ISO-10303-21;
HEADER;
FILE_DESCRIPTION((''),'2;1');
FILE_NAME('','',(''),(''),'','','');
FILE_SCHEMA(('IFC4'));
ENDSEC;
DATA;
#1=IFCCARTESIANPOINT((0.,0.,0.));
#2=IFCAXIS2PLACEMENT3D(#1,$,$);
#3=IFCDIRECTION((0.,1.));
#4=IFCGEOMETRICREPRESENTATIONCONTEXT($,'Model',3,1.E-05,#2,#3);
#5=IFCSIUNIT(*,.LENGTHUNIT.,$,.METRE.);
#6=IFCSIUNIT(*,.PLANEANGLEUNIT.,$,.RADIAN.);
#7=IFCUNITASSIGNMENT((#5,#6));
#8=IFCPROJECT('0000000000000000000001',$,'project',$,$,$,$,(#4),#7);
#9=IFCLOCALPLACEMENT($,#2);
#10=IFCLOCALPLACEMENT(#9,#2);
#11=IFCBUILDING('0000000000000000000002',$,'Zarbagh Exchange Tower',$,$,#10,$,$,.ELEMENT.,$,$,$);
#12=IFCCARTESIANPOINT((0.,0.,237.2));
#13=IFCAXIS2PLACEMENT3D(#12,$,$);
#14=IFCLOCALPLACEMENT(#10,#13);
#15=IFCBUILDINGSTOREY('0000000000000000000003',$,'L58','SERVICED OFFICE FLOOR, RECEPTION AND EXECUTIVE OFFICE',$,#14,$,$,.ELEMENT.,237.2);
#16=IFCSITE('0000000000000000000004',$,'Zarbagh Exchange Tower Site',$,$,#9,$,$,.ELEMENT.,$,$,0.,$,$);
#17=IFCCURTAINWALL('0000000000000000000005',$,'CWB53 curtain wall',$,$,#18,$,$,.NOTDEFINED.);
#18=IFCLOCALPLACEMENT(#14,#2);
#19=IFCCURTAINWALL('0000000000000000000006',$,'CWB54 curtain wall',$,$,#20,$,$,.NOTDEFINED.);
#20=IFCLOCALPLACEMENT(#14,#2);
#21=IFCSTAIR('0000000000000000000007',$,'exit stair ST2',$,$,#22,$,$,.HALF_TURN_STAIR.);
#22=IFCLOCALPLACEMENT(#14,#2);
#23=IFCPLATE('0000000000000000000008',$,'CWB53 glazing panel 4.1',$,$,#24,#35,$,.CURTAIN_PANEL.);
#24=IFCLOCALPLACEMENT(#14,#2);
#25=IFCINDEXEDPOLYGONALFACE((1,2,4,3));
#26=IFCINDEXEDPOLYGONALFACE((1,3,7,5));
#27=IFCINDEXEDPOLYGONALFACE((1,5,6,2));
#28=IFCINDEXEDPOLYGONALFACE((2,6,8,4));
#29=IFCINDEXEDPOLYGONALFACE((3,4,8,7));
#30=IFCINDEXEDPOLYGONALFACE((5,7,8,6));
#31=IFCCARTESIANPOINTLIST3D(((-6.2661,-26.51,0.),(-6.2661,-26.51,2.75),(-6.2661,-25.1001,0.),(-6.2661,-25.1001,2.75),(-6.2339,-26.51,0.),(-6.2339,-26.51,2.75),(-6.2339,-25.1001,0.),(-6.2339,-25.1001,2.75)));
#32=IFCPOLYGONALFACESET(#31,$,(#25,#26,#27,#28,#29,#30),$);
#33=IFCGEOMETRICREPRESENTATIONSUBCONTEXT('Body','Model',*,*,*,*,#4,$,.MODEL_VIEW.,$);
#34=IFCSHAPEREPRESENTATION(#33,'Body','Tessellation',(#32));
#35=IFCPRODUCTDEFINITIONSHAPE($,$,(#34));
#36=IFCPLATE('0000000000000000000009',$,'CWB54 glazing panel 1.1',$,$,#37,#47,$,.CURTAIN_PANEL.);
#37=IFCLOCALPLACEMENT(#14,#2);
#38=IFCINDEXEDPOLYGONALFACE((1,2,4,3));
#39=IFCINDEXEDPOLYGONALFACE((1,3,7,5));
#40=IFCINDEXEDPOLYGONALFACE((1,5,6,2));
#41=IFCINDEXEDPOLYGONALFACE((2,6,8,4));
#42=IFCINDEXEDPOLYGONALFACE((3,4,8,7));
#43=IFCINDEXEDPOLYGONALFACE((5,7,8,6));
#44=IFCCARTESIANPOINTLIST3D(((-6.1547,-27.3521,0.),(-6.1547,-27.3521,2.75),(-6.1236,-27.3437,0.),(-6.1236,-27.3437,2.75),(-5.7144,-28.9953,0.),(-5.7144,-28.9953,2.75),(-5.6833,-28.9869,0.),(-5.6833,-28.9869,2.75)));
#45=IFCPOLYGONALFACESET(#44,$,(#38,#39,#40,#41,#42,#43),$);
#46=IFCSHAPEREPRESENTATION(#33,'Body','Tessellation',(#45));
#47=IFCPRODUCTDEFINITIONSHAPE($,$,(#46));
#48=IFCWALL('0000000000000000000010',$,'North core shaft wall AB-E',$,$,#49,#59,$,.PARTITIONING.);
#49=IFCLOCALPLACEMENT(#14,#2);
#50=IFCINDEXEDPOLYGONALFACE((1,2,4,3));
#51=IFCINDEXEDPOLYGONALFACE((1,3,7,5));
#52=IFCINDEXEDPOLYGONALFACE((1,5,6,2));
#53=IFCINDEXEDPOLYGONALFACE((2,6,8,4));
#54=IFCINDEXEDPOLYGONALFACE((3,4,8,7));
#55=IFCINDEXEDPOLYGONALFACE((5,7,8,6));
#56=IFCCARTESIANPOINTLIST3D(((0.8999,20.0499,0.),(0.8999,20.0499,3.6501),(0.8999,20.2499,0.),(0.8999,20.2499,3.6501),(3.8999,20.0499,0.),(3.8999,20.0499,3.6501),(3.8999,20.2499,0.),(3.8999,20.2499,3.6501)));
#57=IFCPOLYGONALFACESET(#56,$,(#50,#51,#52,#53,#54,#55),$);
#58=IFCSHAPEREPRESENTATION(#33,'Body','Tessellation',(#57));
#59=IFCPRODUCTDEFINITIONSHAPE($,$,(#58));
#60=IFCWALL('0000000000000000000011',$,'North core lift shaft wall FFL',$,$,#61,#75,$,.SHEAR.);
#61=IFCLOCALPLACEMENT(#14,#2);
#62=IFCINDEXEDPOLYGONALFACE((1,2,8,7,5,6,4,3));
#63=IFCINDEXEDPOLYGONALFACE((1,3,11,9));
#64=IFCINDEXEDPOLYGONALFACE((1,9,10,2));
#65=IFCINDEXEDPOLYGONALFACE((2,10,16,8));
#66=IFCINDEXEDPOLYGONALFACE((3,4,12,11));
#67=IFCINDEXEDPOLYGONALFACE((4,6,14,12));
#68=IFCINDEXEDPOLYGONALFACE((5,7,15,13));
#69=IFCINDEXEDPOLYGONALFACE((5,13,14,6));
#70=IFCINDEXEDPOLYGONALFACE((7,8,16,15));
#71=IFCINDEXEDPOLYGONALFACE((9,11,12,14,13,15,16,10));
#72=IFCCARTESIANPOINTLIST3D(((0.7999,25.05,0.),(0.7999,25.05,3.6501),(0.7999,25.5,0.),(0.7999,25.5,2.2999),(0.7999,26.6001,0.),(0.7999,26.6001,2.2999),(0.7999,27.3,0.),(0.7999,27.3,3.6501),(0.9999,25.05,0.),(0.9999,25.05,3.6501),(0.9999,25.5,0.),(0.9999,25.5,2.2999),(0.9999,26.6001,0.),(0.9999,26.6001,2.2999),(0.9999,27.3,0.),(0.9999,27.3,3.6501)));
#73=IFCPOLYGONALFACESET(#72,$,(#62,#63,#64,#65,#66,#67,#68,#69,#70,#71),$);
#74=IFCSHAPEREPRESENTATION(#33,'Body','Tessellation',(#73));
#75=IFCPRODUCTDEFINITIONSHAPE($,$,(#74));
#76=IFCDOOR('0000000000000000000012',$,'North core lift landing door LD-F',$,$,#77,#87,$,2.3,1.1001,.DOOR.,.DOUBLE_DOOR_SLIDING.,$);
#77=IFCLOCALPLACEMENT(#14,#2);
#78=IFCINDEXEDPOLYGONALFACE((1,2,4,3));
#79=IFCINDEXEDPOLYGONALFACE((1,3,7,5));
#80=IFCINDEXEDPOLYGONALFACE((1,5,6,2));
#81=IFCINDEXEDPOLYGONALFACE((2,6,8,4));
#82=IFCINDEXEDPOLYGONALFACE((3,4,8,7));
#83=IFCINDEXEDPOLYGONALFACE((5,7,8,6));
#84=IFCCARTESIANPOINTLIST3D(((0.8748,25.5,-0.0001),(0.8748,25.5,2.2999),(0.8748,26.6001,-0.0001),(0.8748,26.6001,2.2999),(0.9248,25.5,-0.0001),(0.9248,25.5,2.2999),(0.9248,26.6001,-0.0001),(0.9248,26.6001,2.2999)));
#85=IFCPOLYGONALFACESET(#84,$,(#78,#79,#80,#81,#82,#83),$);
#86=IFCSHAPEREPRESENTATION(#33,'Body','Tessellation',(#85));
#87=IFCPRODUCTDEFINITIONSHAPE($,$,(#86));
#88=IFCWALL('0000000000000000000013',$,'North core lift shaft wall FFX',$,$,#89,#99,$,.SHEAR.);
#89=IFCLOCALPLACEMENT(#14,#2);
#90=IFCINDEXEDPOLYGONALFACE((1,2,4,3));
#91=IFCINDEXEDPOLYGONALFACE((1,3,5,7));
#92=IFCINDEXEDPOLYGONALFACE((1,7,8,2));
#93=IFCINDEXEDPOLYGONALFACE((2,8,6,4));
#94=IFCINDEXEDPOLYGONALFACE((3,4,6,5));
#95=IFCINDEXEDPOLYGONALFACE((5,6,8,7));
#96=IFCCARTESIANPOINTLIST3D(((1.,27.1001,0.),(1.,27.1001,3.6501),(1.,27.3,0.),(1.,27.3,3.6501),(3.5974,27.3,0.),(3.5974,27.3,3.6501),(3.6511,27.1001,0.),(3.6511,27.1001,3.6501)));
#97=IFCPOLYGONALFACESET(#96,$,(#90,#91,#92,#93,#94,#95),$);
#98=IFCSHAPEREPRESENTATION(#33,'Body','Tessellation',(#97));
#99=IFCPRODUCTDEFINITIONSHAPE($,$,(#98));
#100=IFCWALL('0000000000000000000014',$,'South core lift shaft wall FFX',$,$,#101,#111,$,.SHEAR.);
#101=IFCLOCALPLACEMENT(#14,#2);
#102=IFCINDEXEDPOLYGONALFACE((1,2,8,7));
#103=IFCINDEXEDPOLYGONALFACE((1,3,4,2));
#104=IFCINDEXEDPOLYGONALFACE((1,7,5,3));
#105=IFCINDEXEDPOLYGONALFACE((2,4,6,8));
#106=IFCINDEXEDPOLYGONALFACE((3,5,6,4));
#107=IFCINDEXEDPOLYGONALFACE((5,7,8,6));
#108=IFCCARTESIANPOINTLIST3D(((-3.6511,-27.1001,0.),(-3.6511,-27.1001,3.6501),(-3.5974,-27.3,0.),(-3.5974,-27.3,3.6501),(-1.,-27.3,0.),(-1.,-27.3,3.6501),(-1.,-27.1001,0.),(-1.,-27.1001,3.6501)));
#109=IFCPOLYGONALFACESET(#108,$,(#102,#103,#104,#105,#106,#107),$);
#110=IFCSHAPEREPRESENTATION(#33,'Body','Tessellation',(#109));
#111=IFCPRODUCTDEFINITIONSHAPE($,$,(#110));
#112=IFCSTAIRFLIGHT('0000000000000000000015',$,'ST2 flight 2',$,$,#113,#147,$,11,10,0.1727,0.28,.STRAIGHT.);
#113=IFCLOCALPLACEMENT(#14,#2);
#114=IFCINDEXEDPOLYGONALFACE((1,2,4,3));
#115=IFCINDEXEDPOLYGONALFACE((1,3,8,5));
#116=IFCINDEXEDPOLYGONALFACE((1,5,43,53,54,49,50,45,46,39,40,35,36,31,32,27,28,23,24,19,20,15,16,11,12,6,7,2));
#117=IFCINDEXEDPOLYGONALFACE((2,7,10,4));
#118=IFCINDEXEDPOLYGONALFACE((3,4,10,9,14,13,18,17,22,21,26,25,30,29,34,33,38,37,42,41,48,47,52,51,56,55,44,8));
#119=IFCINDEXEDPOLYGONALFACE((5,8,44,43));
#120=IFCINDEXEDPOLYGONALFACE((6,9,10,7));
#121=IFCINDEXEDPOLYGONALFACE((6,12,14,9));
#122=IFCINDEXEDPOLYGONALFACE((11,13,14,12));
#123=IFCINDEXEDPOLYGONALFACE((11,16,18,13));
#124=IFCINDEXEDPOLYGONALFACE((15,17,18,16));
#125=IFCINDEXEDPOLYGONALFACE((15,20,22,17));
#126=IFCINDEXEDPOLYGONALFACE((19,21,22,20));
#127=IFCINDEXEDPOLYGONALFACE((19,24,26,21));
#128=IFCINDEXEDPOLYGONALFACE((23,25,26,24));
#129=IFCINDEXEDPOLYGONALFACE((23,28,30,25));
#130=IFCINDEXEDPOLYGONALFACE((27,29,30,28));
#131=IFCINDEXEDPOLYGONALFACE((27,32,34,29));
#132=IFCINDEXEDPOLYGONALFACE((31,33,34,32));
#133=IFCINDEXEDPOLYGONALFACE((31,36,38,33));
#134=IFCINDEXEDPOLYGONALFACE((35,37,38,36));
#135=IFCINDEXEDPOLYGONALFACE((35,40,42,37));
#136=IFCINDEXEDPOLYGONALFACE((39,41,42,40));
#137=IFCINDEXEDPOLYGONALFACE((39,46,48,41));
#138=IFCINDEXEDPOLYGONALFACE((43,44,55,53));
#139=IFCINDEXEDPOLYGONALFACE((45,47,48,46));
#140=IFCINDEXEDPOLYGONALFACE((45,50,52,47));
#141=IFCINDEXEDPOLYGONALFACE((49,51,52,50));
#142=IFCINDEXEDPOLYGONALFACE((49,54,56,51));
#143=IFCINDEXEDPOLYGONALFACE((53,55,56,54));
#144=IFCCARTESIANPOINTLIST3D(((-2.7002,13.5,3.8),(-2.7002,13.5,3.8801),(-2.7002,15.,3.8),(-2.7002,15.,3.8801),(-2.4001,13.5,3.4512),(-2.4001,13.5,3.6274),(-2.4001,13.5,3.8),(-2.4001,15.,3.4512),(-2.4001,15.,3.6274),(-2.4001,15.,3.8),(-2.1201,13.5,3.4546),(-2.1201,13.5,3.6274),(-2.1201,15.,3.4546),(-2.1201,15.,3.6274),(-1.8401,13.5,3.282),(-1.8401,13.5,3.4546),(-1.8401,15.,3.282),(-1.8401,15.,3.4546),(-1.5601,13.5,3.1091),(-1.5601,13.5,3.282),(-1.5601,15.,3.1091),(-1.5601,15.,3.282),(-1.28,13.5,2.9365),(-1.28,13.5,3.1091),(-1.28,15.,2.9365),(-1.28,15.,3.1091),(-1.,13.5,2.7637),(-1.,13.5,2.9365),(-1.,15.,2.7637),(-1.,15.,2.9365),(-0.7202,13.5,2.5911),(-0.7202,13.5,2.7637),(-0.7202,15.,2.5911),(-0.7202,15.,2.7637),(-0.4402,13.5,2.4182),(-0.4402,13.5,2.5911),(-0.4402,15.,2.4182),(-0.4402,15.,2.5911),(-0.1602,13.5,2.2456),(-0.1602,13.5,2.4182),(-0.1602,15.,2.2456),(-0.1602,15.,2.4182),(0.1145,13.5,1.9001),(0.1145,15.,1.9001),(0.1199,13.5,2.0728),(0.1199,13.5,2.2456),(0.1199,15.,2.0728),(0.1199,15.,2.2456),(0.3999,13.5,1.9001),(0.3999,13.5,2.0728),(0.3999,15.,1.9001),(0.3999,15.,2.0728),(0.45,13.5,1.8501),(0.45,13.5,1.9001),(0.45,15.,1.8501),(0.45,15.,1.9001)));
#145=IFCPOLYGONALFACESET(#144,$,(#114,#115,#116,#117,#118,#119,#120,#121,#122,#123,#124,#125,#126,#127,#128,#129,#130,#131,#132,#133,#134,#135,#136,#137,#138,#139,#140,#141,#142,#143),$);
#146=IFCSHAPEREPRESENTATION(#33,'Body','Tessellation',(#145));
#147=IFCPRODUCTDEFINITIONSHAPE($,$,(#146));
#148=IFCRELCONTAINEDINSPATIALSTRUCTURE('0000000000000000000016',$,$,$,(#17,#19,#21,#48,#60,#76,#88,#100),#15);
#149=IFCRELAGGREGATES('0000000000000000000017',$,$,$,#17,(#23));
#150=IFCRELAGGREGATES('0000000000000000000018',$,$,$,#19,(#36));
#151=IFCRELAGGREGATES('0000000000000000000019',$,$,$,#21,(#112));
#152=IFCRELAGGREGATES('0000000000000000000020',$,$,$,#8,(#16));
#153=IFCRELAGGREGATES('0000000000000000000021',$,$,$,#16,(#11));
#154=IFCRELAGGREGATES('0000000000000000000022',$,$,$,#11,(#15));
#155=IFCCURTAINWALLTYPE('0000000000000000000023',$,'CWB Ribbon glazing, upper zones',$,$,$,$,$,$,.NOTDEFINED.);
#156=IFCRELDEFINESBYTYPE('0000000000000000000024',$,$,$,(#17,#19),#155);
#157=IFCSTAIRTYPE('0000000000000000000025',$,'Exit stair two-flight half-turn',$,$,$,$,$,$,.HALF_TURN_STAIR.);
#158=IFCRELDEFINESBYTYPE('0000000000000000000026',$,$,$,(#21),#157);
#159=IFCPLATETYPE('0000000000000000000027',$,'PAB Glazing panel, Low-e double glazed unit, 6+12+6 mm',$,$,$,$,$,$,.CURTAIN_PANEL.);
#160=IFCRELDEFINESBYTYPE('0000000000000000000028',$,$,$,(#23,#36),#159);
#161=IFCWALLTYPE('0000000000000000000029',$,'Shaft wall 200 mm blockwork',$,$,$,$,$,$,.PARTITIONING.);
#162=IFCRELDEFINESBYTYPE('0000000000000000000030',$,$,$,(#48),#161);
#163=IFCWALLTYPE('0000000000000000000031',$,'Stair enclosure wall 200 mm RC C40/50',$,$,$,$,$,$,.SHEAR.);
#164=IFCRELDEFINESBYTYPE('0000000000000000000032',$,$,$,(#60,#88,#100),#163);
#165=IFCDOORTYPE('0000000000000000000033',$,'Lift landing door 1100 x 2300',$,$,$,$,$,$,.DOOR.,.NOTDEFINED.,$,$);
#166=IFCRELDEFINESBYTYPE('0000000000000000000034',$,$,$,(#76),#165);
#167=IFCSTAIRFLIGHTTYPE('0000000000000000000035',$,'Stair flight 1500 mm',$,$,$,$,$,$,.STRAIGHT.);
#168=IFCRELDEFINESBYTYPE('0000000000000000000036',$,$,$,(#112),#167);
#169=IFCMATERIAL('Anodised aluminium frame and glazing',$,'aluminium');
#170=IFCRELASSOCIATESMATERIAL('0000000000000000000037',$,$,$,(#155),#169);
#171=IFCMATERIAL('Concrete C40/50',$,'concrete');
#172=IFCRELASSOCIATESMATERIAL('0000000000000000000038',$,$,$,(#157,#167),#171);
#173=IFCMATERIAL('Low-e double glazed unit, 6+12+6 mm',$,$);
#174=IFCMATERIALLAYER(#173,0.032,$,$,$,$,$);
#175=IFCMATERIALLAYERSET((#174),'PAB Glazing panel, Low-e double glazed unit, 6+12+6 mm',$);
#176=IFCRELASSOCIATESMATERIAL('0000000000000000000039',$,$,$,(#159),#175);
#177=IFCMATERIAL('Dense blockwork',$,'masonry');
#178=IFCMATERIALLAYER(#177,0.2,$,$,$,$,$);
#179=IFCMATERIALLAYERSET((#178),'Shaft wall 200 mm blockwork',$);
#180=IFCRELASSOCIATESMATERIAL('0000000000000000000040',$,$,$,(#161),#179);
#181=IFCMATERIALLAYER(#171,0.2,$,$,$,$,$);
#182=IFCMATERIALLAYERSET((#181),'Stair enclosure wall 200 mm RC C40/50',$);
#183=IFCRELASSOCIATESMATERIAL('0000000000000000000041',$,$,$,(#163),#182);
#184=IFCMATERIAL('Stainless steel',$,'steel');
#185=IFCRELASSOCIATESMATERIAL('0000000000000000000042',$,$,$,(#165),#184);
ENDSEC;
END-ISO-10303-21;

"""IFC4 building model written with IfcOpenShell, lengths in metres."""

from ifc_helpers import new_model, si_unit, direction, frame, frame_2d, origin, place, context, subcontext, project, spatial, polyline, rectangle, outline, extrude, source, transform, mapped, material, layer, layer_set, type_object, element, fill, aggregate, save


model = new_model("IFC4")

# Units and contexts
model_context = context("Model", 3, precision=1e-05, world=origin(), true_north=direction((0.0, 1.0)))
body_context = subcontext(model_context, "Body", "Model", "MODEL_VIEW")
ifc_project = project(units=[si_unit("LENGTHUNIT", "METRE"), si_unit("PLANEANGLEUNIT", "RADIAN")], contexts=[model_context])

# Site, building, storey
site_placement = place(None, origin())
site = spatial("IfcSite", under=ifc_project, at=site_placement, Name="Zarbagh Exchange Tower Site", CompositionType="ELEMENT", RefElevation=0.0)
building_placement = place(site_placement, origin())
building = spatial("IfcBuilding", under=site, at=building_placement, Name="Zarbagh Exchange Tower", CompositionType="ELEMENT")
storey_placement = place(building_placement, frame((0.0, 0.0, 237.2)))
storey = spatial("IfcBuildingStorey", under=building, at=storey_placement, Name="L58", Description="SERVICED OFFICE FLOOR, RECEPTION AND EXECUTIVE OFFICE", CompositionType="ELEMENT", Elevation=237.2)

# Curtain wall
ifc_material_1 = material(Name="Anodised aluminium frame and glazing", Category="aluminium")
curtain_wall_type = type_object("IfcCurtainWallType", Name="CWB Ribbon glazing, upper zones", PredefinedType="NOTDEFINED", material=ifc_material_1)
curtain_wall_1_placement = place(storey_placement, origin())
curtain_wall_1 = element("IfcCurtainWall", 1, at=curtain_wall_1_placement, inside=storey, type_object=curtain_wall_type, Name="CWB53 curtain wall", PredefinedType="NOTDEFINED")
placement = place(storey_placement, origin())

# Curtain wall
curtain_wall_2_placement = place(storey_placement, origin())
curtain_wall_2 = element("IfcCurtainWall", 2, at=curtain_wall_2_placement, inside=storey, type_object=curtain_wall_type, Name="CWB54 curtain wall", PredefinedType="NOTDEFINED")

# Stair
ifc_material_2 = material(Name="Concrete C40/50", Category="concrete")
stair_type = type_object("IfcStairType", Name="Exit stair two-flight half-turn", PredefinedType="HALF_TURN_STAIR", material=ifc_material_2)
stair_1_placement = place(storey_placement, origin())
stair_1 = element("IfcStair", 3, at=stair_1_placement, inside=storey, type_object=stair_type, Name="exit stair ST2", PredefinedType="HALF_TURN_STAIR")

# Shared definitions
ifc_material_3 = material(Name="Low-e double glazed unit, 6+12+6 mm")
ifc_layer_1 = layer(ifc_material_3, 0.032)
ifc_layer_set_1 = layer_set([ifc_layer_1], Name="PAB Glazing panel, Low-e double glazed unit, 6+12+6 mm")
plate_type = type_object("IfcPlateType", Name="PAB Glazing panel, Low-e double glazed unit, 6+12+6 mm", PredefinedType="CURTAIN_PANEL", material=ifc_layer_set_1)

# Plates
shared_shape_1 = source(origin(), body_context, "Body", "SweptSolid", [
    extrude(outline(polyline([(0.0, -0.0161), (1.4099, -0.0161), (1.4099, 0.0161), (0.0, 0.0161), (0.0, -0.0161)])), origin(), (0.0, 0.0, 1.0), 2.75),
])
plate_1 = element("IfcPlate", 4, at=placement, type_object=plate_type, Name="CWB53 glazing panel 4.1", PredefinedType="CURTAIN_PANEL", context=body_context, shape_type="MappedRepresentation", body=[
    mapped(shared_shape_1, transform((-6.25, -25.1001, 0.0), x_axis=(0.0, -1.0, 0.0), y_axis=(1.0, 0.0, 0.0), z_axis=(0.0, 0.0, 1.0))),
])
aggregate(curtain_wall_1, [plate_1])
shared_shape_2 = source(origin(), body_context, "Body", "SweptSolid", [
    extrude(outline(polyline([(0.0, -0.0161), (1.7012, -0.0161), (1.7012, 0.0161), (0.0, 0.0161), (0.0, -0.0161)])), origin(), (0.0, 0.0, 1.0), 2.75),
])
plate_2 = element("IfcPlate", 5, at=placement, type_object=plate_type, Name="CWB54 glazing panel 1.1", PredefinedType="CURTAIN_PANEL", context=body_context, shape_type="MappedRepresentation", body=[
    mapped(shared_shape_2, transform((-6.1392, -27.3479, 0.0), x_axis=(0.258825, -0.965924, 0.0), y_axis=(0.965924, 0.258825, 0.0), z_axis=(0.0, 0.0, 1.0))),
])
aggregate(curtain_wall_2, [plate_2])

# Wall
ifc_material_4 = material(Name="Dense blockwork", Category="masonry")
ifc_layer_2 = layer(ifc_material_4, 0.2)
ifc_layer_set_2 = layer_set([ifc_layer_2], Name="Shaft wall 200 mm blockwork")
wall_type_1 = type_object("IfcWallType", Name="Shaft wall 200 mm blockwork", PredefinedType="PARTITIONING", material=ifc_layer_set_2)
wall_1_placement = place(storey_placement, frame((0.8999, 20.1499, 0.0), z_axis=(0.0, 0.0, 1.0), x_axis=(1.0, 0.0, 0.0)))
element("IfcWall", 6, at=wall_1_placement, inside=storey, type_object=wall_type_1, Name="North core shaft wall AB-E", PredefinedType="PARTITIONING", context=body_context, shape_type="SweptSolid", body=[
    extrude(rectangle(XDim=3.0, YDim=0.2, at=frame_2d((1.5, 0.0))), origin(), (0.0, 0.0, 1.0), 3.6501),
])

# Wall, opening, door
ifc_layer_3 = layer(ifc_material_2, 0.2)
ifc_layer_set_3 = layer_set([ifc_layer_3], Name="Stair enclosure wall 200 mm RC C40/50")
wall_type_2 = type_object("IfcWallType", Name="Stair enclosure wall 200 mm RC C40/50", PredefinedType="SHEAR", material=ifc_layer_set_3)
wall_2_placement = place(storey_placement, frame((0.8999, 27.3, 0.0), z_axis=(0.0, 0.0, 1.0), x_axis=(0.0, -1.0, 0.0)))
wall_2 = element("IfcWall", 7, at=wall_2_placement, inside=storey, type_object=wall_type_2, Name="North core lift shaft wall FFL", PredefinedType="SHEAR", context=body_context, shape_type="SweptSolid", body=[
    extrude(rectangle(XDim=2.25, YDim=0.2, at=frame_2d((1.125, 0.0))), origin(), (0.0, 0.0, 1.0), 3.6501),
])
opening_placement = place(wall_2_placement, frame((0.7, 0.0, 0.0)))
opening = element("IfcOpeningElement", 8, at=opening_placement, cuts=wall_2, PredefinedType="OPENING", context=body_context, shape_type="SweptSolid", body=[
    extrude(rectangle(XDim=1.1001, YDim=2.3, at=frame_2d((0.55, 1.1499))), frame((0.0, 0.1099, 0.0), z_axis=(0.0, -1.0, 0.0), x_axis=(1.0, 0.0, 0.0)), (0.0, 0.0, 1.0), 0.22),
])
ifc_material_5 = material(Name="Stainless steel", Category="steel")
door_type = type_object("IfcDoorType", Name="Lift landing door 1100 x 2300", OperationType="NOTDEFINED", PredefinedType="DOOR", material=ifc_material_5)
door_placement = place(opening_placement, origin())
door = element("IfcDoor", 9, at=door_placement, inside=storey, type_object=door_type, Name="North core lift landing door LD-F", OperationType="DOUBLE_DOOR_SLIDING", OverallHeight=2.3, OverallWidth=1.1001, PredefinedType="DOOR", context=body_context, shape_type="SweptSolid", body=[
    extrude(rectangle(XDim=1.1001, YDim=2.3, at=frame_2d((0.55, 1.1499))), frame((0.0, 0.0249, 0.0), z_axis=(0.0, -1.0, 0.0), x_axis=(1.0, 0.0, 0.0)), (0.0, 0.0, 1.0), 0.05),
])
fill(opening, door)

# Walls
wall_3_placement = place(storey_placement, origin())
element("IfcWall", 10, at=wall_3_placement, inside=storey, type_object=wall_type_2, Name="North core lift shaft wall FFX", PredefinedType="SHEAR", context=body_context, shape_type="SweptSolid", body=[
    extrude(outline(polyline([(1.0, 27.1001), (3.6511, 27.1001), (3.5974, 27.3), (1.0, 27.3), (1.0, 27.1001)])), origin(), (0.0, 0.0, 1.0), 3.6501),
])
wall_4_placement = place(storey_placement, origin())
element("IfcWall", 11, at=wall_4_placement, inside=storey, type_object=wall_type_2, Name="South core lift shaft wall FFX", PredefinedType="SHEAR", context=body_context, shape_type="SweptSolid", body=[
    extrude(outline(polyline([(-1.0, -27.1001), (-3.6511, -27.1001), (-3.5974, -27.3), (-1.0, -27.3), (-1.0, -27.1001)])), origin(), (0.0, 0.0, 1.0), 3.6501),
])

# Stair flight
stair_flight_type = type_object("IfcStairFlightType", Name="Stair flight 1500 mm", PredefinedType="STRAIGHT", material=ifc_material_2)
stair_flight_placement = place(storey_placement, frame((0.3999, 14.25, 1.9001), z_axis=(0.0, 0.0, 1.0), x_axis=(-1.0, 0.0, 0.0)))
stair_flight = element("IfcStairFlight", 12, at=stair_flight_placement, type_object=stair_flight_type, Name="ST2 flight 2", NumberOfRisers=11, NumberOfTreads=10, PredefinedType="STRAIGHT", RiserHeight=0.1727, TreadLength=0.28, context=body_context, shape_type="SweptSolid", body=[
    extrude(outline(polyline([(-0.05, -0.05), (-0.05, 0.0), (0.0, 0.0), (0.0, 0.1726), (0.28, 0.1726), (0.28, 0.3455), (0.5601, 0.3455), (0.5601, 0.5181), (0.8401, 0.5181), (0.8401, 0.6909), (1.1201, 0.6909), (1.1201, 0.8635), (1.3999, 0.8635), (1.3999, 1.0364), (1.6799, 1.0364), (1.6799, 1.209), (1.96, 1.209), (1.96, 1.3818), (2.24, 1.3818), (2.24, 1.5544), (2.52, 1.5544), (2.52, 1.7273), (2.8, 1.7273), (2.8, 1.8999), (3.1001, 1.98), (3.1001, 1.8999), (2.8, 1.551), (0.2854, 0.0), (-0.05, -0.05)])), frame((0.0, 0.75, 0.0), z_axis=(0.0, -1.0, 0.0), x_axis=(1.0, 0.0, 0.0)), (0.0, 0.0, 1.0), 1.5),
])
aggregate(stair_1, [stair_flight])

save(model, "model.ifc")
